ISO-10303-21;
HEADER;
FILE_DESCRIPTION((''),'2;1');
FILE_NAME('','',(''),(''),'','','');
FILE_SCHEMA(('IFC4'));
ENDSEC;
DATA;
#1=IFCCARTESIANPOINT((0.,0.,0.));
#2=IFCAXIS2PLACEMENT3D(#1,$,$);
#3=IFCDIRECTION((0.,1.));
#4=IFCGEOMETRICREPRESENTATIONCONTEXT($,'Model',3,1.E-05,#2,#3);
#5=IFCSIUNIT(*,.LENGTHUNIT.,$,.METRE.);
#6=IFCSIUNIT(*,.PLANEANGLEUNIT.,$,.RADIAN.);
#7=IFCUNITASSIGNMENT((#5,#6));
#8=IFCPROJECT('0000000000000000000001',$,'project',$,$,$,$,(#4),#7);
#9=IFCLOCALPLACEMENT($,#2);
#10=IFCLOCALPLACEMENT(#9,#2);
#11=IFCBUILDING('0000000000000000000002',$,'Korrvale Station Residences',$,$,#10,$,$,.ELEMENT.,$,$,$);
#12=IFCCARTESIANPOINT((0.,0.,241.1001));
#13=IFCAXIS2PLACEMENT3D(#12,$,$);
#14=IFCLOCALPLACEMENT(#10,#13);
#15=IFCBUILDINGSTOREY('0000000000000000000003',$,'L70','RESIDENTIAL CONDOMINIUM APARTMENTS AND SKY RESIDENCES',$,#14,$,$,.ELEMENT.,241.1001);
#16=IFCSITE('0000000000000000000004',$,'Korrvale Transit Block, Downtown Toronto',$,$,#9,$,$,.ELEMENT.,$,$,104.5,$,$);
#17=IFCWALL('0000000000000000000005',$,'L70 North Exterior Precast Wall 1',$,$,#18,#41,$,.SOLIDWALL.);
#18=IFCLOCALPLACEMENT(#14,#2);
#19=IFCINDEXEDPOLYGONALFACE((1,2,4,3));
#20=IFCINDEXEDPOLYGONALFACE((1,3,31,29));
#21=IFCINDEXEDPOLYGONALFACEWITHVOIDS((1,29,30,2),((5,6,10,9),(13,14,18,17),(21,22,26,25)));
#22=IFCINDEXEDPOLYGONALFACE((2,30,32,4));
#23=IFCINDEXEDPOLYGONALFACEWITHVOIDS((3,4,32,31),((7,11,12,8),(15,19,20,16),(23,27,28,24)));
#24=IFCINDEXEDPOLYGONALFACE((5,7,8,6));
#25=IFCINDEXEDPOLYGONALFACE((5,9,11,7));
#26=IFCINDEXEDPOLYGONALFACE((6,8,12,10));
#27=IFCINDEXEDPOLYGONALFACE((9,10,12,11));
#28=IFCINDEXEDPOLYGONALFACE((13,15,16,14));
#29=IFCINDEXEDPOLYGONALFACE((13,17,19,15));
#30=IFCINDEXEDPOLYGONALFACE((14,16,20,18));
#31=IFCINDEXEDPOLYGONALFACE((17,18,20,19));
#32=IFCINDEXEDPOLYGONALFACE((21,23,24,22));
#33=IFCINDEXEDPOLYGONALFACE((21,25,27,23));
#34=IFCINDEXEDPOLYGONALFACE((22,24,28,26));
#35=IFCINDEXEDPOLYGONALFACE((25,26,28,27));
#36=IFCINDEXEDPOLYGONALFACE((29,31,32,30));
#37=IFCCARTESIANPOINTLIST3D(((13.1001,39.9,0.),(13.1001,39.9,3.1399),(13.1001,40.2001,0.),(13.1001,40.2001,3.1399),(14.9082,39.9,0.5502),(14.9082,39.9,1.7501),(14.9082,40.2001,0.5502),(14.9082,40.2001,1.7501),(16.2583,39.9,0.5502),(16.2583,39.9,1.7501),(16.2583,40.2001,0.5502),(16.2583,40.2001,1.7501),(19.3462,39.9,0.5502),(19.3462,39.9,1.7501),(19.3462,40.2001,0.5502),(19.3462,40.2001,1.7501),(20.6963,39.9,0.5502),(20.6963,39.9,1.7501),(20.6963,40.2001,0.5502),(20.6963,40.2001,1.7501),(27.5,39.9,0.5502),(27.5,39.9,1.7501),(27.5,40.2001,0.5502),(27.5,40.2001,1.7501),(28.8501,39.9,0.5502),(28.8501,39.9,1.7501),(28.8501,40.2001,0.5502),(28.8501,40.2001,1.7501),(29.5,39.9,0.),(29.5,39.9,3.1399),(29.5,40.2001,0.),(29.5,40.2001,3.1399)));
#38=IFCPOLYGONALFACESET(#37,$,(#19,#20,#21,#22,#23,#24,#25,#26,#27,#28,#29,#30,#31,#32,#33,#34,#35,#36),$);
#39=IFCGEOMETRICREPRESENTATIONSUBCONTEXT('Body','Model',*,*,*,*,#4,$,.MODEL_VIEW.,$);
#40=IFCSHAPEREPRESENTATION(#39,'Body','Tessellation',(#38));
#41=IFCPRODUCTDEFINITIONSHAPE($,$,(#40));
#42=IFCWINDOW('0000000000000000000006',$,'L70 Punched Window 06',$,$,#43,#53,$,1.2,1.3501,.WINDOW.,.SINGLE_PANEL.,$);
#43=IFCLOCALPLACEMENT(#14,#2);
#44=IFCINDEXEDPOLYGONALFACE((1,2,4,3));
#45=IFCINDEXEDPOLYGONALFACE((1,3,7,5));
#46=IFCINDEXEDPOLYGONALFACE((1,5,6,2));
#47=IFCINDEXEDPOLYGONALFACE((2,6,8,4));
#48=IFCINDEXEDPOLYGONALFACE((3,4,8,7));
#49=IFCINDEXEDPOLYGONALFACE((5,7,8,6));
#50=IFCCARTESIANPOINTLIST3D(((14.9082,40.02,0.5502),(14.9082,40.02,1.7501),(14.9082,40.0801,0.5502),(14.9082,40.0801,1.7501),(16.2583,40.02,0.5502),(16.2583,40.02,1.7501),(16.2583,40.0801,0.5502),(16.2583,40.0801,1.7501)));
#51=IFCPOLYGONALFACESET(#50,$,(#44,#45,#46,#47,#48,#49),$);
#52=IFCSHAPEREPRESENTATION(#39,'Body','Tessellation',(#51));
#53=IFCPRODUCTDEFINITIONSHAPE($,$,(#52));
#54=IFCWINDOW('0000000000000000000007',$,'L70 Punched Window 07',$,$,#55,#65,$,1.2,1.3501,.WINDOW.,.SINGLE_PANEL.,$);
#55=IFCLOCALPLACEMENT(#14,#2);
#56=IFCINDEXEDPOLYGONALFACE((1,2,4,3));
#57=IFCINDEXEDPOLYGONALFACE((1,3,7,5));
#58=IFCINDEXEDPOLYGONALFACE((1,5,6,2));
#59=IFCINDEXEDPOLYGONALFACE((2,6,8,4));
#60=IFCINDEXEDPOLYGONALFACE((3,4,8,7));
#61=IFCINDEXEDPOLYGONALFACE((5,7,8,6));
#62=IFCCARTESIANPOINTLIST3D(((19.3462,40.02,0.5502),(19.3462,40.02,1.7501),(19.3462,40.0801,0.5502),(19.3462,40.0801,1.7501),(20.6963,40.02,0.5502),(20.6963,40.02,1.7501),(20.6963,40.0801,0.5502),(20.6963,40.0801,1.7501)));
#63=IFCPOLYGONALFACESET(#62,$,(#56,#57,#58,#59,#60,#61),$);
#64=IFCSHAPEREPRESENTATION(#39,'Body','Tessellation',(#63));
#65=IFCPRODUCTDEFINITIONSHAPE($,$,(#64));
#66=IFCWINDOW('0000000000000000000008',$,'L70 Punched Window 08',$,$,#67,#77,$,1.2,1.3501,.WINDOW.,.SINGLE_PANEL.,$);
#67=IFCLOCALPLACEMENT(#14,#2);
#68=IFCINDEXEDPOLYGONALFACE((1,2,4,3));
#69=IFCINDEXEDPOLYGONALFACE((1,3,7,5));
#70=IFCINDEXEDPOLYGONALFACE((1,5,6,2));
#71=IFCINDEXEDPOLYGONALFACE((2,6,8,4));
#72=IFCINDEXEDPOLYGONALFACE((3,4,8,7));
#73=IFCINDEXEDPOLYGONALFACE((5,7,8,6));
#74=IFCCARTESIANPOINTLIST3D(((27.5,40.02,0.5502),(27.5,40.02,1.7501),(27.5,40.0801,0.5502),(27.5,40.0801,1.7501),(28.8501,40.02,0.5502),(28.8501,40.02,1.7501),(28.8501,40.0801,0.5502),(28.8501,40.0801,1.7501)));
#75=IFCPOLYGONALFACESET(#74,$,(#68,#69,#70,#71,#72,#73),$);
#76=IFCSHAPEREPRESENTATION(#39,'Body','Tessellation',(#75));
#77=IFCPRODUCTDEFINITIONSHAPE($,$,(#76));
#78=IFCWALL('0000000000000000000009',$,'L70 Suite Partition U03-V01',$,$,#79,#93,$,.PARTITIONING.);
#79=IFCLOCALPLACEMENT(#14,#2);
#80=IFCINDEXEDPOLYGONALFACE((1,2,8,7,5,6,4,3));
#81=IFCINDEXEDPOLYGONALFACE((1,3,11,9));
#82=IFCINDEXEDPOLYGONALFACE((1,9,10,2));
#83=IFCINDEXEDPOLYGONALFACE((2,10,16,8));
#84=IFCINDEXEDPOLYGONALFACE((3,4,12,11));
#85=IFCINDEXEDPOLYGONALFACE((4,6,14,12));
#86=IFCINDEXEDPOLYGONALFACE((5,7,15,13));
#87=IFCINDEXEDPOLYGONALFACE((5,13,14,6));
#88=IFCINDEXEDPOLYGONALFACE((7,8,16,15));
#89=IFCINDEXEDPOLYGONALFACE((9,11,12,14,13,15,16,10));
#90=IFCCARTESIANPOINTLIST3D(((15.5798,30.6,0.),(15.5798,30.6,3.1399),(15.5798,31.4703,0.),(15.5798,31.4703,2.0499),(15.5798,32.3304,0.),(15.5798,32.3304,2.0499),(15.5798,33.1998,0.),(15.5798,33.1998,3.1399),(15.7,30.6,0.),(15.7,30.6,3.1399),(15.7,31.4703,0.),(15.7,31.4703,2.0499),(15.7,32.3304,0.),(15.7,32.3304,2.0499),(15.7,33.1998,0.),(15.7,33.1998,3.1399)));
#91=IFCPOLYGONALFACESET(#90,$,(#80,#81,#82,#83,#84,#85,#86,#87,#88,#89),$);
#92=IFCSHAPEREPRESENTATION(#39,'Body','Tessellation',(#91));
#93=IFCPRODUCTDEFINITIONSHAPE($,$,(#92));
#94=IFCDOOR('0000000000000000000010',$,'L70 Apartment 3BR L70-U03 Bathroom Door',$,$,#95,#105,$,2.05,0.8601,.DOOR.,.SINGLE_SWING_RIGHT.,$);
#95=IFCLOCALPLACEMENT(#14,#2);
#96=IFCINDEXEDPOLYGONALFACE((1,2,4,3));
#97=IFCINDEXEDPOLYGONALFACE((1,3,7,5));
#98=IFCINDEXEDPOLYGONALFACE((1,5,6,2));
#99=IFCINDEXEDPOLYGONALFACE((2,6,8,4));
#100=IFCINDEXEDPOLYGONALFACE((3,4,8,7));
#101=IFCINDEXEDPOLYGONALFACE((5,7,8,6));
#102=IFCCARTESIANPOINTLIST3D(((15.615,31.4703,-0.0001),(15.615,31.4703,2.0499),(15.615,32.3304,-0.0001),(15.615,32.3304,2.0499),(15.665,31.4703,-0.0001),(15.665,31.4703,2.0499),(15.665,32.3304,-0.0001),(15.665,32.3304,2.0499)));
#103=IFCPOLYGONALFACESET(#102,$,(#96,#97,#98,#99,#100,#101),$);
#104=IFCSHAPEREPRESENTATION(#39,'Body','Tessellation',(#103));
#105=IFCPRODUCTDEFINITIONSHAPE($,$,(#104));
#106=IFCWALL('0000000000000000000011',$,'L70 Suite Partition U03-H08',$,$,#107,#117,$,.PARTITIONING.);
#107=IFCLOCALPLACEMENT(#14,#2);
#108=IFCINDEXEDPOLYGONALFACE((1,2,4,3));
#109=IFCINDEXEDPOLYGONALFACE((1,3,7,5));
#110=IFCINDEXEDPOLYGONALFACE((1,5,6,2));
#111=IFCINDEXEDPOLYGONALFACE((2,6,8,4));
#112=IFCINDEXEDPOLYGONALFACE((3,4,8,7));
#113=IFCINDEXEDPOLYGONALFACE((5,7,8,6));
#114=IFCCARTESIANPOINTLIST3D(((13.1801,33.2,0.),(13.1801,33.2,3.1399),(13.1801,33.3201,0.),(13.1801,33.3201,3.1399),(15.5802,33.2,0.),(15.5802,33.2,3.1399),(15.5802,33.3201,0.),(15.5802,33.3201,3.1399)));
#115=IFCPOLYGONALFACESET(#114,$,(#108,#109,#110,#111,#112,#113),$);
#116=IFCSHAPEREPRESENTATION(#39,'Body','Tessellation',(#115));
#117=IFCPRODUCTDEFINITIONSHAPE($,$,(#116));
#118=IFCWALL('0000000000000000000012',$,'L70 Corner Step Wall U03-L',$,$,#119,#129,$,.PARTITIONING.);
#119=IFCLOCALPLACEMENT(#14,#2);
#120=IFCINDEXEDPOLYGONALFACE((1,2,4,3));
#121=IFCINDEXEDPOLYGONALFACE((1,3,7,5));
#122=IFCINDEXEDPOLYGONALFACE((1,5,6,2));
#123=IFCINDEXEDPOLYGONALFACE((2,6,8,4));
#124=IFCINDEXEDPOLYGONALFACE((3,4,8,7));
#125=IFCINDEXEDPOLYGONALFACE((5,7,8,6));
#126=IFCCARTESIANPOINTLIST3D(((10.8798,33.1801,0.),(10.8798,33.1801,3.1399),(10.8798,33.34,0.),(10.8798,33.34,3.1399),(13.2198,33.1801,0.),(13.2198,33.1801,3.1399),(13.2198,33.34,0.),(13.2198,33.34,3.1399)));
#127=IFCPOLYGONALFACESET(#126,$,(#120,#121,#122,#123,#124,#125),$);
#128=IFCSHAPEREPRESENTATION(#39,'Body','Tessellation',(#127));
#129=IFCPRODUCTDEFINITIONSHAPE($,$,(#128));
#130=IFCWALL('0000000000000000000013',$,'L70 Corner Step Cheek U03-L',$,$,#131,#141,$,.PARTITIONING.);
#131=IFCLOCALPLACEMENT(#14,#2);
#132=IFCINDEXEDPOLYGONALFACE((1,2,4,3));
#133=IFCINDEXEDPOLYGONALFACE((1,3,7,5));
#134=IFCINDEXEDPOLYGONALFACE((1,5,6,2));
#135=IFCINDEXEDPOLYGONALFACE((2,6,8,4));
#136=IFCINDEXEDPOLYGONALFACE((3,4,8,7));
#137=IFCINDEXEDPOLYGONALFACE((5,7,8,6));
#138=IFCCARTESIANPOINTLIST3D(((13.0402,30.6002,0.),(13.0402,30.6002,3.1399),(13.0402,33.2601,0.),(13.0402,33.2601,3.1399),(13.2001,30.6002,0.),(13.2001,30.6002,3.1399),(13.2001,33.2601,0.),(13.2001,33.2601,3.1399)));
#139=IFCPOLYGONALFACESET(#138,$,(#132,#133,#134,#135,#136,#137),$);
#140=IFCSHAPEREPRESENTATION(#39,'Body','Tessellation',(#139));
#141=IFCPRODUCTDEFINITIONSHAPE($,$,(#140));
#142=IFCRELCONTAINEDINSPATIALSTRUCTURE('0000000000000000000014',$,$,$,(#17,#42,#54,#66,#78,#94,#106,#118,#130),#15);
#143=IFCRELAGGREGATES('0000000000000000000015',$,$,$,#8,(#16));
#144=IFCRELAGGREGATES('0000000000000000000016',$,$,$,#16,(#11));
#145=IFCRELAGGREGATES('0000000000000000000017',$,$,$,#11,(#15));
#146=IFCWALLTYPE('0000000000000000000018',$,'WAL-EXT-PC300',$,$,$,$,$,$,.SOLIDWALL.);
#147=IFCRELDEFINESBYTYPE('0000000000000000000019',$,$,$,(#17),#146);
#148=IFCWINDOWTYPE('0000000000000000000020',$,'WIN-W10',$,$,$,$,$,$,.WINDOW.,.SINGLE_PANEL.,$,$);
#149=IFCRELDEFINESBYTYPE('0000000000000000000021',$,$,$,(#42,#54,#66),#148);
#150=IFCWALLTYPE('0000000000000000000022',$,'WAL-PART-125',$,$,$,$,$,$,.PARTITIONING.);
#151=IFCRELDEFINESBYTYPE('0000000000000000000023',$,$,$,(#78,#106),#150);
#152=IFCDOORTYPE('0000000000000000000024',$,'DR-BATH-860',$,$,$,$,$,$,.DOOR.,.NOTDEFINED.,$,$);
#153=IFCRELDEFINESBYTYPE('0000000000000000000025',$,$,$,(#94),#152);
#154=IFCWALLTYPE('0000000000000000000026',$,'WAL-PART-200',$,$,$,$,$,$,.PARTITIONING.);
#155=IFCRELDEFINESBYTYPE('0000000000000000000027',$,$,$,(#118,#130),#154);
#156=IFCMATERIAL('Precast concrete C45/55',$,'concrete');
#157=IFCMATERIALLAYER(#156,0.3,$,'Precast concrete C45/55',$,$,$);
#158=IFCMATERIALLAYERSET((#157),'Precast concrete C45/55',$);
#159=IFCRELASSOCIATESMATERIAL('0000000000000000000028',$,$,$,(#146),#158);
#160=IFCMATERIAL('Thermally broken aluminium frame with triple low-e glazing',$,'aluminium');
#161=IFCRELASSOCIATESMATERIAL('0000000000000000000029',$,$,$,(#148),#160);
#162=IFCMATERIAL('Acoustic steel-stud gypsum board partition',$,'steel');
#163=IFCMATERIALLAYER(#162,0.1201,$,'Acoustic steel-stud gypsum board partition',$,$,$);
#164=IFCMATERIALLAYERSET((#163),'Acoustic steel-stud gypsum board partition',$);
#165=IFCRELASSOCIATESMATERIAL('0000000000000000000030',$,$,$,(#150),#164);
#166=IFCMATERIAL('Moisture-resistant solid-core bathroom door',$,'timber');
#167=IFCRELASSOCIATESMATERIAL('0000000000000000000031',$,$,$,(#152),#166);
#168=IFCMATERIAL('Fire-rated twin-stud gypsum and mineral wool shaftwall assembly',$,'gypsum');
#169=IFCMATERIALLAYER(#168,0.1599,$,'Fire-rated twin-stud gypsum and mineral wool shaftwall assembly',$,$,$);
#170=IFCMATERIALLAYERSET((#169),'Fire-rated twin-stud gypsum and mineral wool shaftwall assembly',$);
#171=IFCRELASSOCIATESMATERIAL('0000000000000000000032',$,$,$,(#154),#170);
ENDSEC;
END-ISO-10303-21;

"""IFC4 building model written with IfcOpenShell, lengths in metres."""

from ifc_helpers import new_model, si_unit, direction, frame, frame_2d, origin, place, context, subcontext, project, spatial, rectangle, extrude, material, layer, layer_set, type_object, element, fill, save


model = new_model("IFC4")

# Units and contexts
model_context = context("Model", 3, precision=1e-05, world=origin(), true_north=direction((0.0, 1.0)))
body_context = subcontext(model_context, "Body", "Model", "MODEL_VIEW")
ifc_project = project(units=[si_unit("LENGTHUNIT", "METRE"), si_unit("PLANEANGLEUNIT", "RADIAN")], contexts=[model_context])

# Site, building, storey
site_placement = place(None, origin())
site = spatial("IfcSite", under=ifc_project, at=site_placement, Name="Korrvale Transit Block, Downtown Toronto", CompositionType="ELEMENT", RefElevation=104.5)
building_placement = place(site_placement, origin())
building = spatial("IfcBuilding", under=site, at=building_placement, Name="Korrvale Station Residences", CompositionType="ELEMENT")
storey_placement = place(building_placement, frame((0.0, 0.0, 241.1001)))
storey = spatial("IfcBuildingStorey", under=building, at=storey_placement, Name="L70", Description="RESIDENTIAL CONDOMINIUM APARTMENTS AND SKY RESIDENCES", CompositionType="ELEMENT", Elevation=241.1001)

# Shared definitions
ifc_material_1 = material(Name="Precast concrete C45/55", Category="concrete")

# Wall, openings, windows
ifc_layer_1 = layer(ifc_material_1, 0.3, Name="Precast concrete C45/55")
ifc_layer_set_1 = layer_set([ifc_layer_1], Name="Precast concrete C45/55")
wall_type_1 = type_object("IfcWallType", Name="WAL-EXT-PC300", PredefinedType="SOLIDWALL", material=ifc_layer_set_1)
wall_1_placement = place(storey_placement, frame((13.1001, 40.05, 0.0), z_axis=(0.0, 0.0, 1.0), x_axis=(1.0, 0.0, 0.0)))
wall_1 = element("IfcWall", 1, at=wall_1_placement, inside=storey, type_object=wall_type_1, Name="L70 North Exterior Precast Wall 1", PredefinedType="SOLIDWALL", context=body_context, shape_type="SweptSolid", body=[
    extrude(rectangle(XDim=16.3999, YDim=0.3, at=frame_2d((8.2, 0.0))), origin(), (0.0, 0.0, 1.0), 3.1399),
])
opening_1_placement = place(wall_1_placement, frame((1.8081, 0.0, 0.55)))
opening_1 = element("IfcOpeningElement", 2, at=opening_1_placement, cuts=wall_1, PredefinedType="OPENING", context=body_context, shape_type="SweptSolid", body=[
    extrude(rectangle(XDim=1.3501, YDim=1.2, at=frame_2d((0.675, 0.6001))), frame((0.0, 0.1602, 0.0), z_axis=(0.0, -1.0, 0.0), x_axis=(1.0, 0.0, 0.0)), (0.0, 0.0, 1.0), 0.3201),
])
opening_2_placement = place(wall_1_placement, frame((6.2461, 0.0, 0.55)))
opening_2 = element("IfcOpeningElement", 3, at=opening_2_placement, cuts=wall_1, PredefinedType="OPENING", context=body_context, shape_type="SweptSolid", body=[
    extrude(rectangle(XDim=1.3501, YDim=1.2, at=frame_2d((0.675, 0.6001))), frame((0.0, 0.1602, 0.0), z_axis=(0.0, -1.0, 0.0), x_axis=(1.0, 0.0, 0.0)), (0.0, 0.0, 1.0), 0.3201),
])
opening_3_placement = place(wall_1_placement, frame((14.3999, 0.0, 0.55)))
opening_3 = element("IfcOpeningElement", 4, at=opening_3_placement, cuts=wall_1, PredefinedType="OPENING", context=body_context, shape_type="SweptSolid", body=[
    extrude(rectangle(XDim=1.3501, YDim=1.2, at=frame_2d((0.675, 0.6001))), frame((0.0, 0.1602, 0.0), z_axis=(0.0, -1.0, 0.0), x_axis=(1.0, 0.0, 0.0)), (0.0, 0.0, 1.0), 0.3201),
])
ifc_material_2 = material(Name="Thermally broken aluminium frame with triple low-e glazing", Category="aluminium")
window_type = type_object("IfcWindowType", Name="WIN-W10", PartitioningType="SINGLE_PANEL", PredefinedType="WINDOW", material=ifc_material_2)
window_1_placement = place(opening_1_placement, origin())
window_1 = element("IfcWindow", 5, at=window_1_placement, inside=storey, type_object=window_type, Name="L70 Punched Window 06", OverallHeight=1.2, OverallWidth=1.3501, PartitioningType="SINGLE_PANEL", PredefinedType="WINDOW", context=body_context, shape_type="SweptSolid", body=[
    extrude(rectangle(XDim=1.3501, YDim=1.2, at=frame_2d((0.675, 0.6001))), frame((0.0, 0.03, 0.0), z_axis=(0.0, -1.0, 0.0), x_axis=(1.0, 0.0, 0.0)), (0.0, 0.0, 1.0), 0.0601),
])
fill(opening_1, window_1)
window_2_placement = place(opening_2_placement, origin())
window_2 = element("IfcWindow", 6, at=window_2_placement, inside=storey, type_object=window_type, Name="L70 Punched Window 07", OverallHeight=1.2, OverallWidth=1.3501, PartitioningType="SINGLE_PANEL", PredefinedType="WINDOW", context=body_context, shape_type="SweptSolid", body=[
    extrude(rectangle(XDim=1.3501, YDim=1.2, at=frame_2d((0.675, 0.6001))), frame((0.0, 0.03, 0.0), z_axis=(0.0, -1.0, 0.0), x_axis=(1.0, 0.0, 0.0)), (0.0, 0.0, 1.0), 0.0601),
])
fill(opening_2, window_2)
window_3_placement = place(opening_3_placement, origin())
window_3 = element("IfcWindow", 7, at=window_3_placement, inside=storey, type_object=window_type, Name="L70 Punched Window 08", OverallHeight=1.2, OverallWidth=1.3501, PartitioningType="SINGLE_PANEL", PredefinedType="WINDOW", context=body_context, shape_type="SweptSolid", body=[
    extrude(rectangle(XDim=1.3501, YDim=1.2, at=frame_2d((0.675, 0.6001))), frame((0.0, 0.03, 0.0), z_axis=(0.0, -1.0, 0.0), x_axis=(1.0, 0.0, 0.0)), (0.0, 0.0, 1.0), 0.0601),
])
fill(opening_3, window_3)

# Wall, opening, door
ifc_material_3 = material(Name="Acoustic steel-stud gypsum board partition", Category="steel")
ifc_layer_2 = layer(ifc_material_3, 0.1201, Name="Acoustic steel-stud gypsum board partition")
ifc_layer_set_2 = layer_set([ifc_layer_2], Name="Acoustic steel-stud gypsum board partition")
wall_type_2 = type_object("IfcWallType", Name="WAL-PART-125", PredefinedType="PARTITIONING", material=ifc_layer_set_2)
wall_2_placement = place(storey_placement, frame((15.6399, 30.6001, 0.0), z_axis=(0.0, 0.0, 1.0), x_axis=(0.0, 1.0, 0.0)))
wall_2 = element("IfcWall", 8, at=wall_2_placement, inside=storey, type_object=wall_type_2, Name="L70 Suite Partition U03-V01", PredefinedType="PARTITIONING", context=body_context, shape_type="SweptSolid", body=[
    extrude(rectangle(XDim=2.5999, YDim=0.1201, at=frame_2d((1.2998, 0.0))), origin(), (0.0, 0.0, 1.0), 3.1399),
])
opening_4_placement = place(wall_2_placement, frame((0.8701, 0.0, 0.0)))
opening_4 = element("IfcOpeningElement", 9, at=opening_4_placement, cuts=wall_2, PredefinedType="OPENING", context=body_context, shape_type="SweptSolid", body=[
    extrude(rectangle(XDim=0.8601, YDim=2.05, at=frame_2d((0.4302, 1.0249))), frame((0.0, 0.0701, 0.0), z_axis=(0.0, -1.0, 0.0), x_axis=(1.0, 0.0, 0.0)), (0.0, 0.0, 1.0), 0.1401),
])
ifc_material_4 = material(Name="Moisture-resistant solid-core bathroom door", Category="timber")
door_type_1 = type_object("IfcDoorType", Name="DR-BATH-860", OperationType="NOTDEFINED", PredefinedType="DOOR", material=ifc_material_4)
door_1_placement = place(opening_4_placement, origin())
door_1 = element("IfcDoor", 10, at=door_1_placement, inside=storey, type_object=door_type_1, Name="L70 Apartment 3BR L70-U03 Bathroom Door", OperationType="SINGLE_SWING_RIGHT", OverallHeight=2.05, OverallWidth=0.8601, PredefinedType="DOOR", context=body_context, shape_type="SweptSolid", body=[
    extrude(rectangle(XDim=0.8601, YDim=2.05, at=frame_2d((0.4302, 1.0249))), frame((0.0, 0.0249, 0.0), z_axis=(0.0, -1.0, 0.0), x_axis=(1.0, 0.0, 0.0)), (0.0, 0.0, 1.0), 0.05),
])
fill(opening_4, door_1)

# Walls
wall_3_placement = place(storey_placement, frame((13.1799, 33.26, 0.0), z_axis=(0.0, 0.0, 1.0), x_axis=(1.0, 0.0, 0.0)))
element("IfcWall", 11, at=wall_3_placement, inside=storey, type_object=wall_type_2, Name="L70 Suite Partition U03-H08", PredefinedType="PARTITIONING", context=body_context, shape_type="SweptSolid", body=[
    extrude(rectangle(XDim=2.4001, YDim=0.1201, at=frame_2d((1.2002, 0.0))), origin(), (0.0, 0.0, 1.0), 3.1399),
])
ifc_material_5 = material(Name="Fire-rated twin-stud gypsum and mineral wool shaftwall assembly", Category="gypsum")
ifc_layer_3 = layer(ifc_material_5, 0.1599, Name="Fire-rated twin-stud gypsum and mineral wool shaftwall assembly")
ifc_layer_set_3 = layer_set([ifc_layer_3], Name="Fire-rated twin-stud gypsum and mineral wool shaftwall assembly")
wall_type_3 = type_object("IfcWallType", Name="WAL-PART-200", PredefinedType="PARTITIONING", material=ifc_layer_set_3)
wall_4_placement = place(storey_placement, frame((10.8799, 33.26, 0.0), z_axis=(0.0, 0.0, 1.0), x_axis=(1.0, 0.0, 0.0)))
element("IfcWall", 12, at=wall_4_placement, inside=storey, type_object=wall_type_3, Name="L70 Corner Step Wall U03-L", PredefinedType="PARTITIONING", context=body_context, shape_type="SweptSolid", body=[
    extrude(rectangle(XDim=2.3401, YDim=0.1599, at=frame_2d((1.1699, 0.0))), origin(), (0.0, 0.0, 1.0), 3.1399),
])
wall_5_placement = place(storey_placement, frame((13.1201, 30.6001, 0.0), z_axis=(0.0, 0.0, 1.0), x_axis=(0.0, 1.0, 0.0)))
element("IfcWall", 13, at=wall_5_placement, inside=storey, type_object=wall_type_3, Name="L70 Corner Step Cheek U03-L", PredefinedType="PARTITIONING", context=body_context, shape_type="SweptSolid", body=[
    extrude(rectangle(XDim=2.6599, YDim=0.1599, at=frame_2d((1.3301, 0.0))), origin(), (0.0, 0.0, 1.0), 3.1399),
])

save(model, "model.ifc")
